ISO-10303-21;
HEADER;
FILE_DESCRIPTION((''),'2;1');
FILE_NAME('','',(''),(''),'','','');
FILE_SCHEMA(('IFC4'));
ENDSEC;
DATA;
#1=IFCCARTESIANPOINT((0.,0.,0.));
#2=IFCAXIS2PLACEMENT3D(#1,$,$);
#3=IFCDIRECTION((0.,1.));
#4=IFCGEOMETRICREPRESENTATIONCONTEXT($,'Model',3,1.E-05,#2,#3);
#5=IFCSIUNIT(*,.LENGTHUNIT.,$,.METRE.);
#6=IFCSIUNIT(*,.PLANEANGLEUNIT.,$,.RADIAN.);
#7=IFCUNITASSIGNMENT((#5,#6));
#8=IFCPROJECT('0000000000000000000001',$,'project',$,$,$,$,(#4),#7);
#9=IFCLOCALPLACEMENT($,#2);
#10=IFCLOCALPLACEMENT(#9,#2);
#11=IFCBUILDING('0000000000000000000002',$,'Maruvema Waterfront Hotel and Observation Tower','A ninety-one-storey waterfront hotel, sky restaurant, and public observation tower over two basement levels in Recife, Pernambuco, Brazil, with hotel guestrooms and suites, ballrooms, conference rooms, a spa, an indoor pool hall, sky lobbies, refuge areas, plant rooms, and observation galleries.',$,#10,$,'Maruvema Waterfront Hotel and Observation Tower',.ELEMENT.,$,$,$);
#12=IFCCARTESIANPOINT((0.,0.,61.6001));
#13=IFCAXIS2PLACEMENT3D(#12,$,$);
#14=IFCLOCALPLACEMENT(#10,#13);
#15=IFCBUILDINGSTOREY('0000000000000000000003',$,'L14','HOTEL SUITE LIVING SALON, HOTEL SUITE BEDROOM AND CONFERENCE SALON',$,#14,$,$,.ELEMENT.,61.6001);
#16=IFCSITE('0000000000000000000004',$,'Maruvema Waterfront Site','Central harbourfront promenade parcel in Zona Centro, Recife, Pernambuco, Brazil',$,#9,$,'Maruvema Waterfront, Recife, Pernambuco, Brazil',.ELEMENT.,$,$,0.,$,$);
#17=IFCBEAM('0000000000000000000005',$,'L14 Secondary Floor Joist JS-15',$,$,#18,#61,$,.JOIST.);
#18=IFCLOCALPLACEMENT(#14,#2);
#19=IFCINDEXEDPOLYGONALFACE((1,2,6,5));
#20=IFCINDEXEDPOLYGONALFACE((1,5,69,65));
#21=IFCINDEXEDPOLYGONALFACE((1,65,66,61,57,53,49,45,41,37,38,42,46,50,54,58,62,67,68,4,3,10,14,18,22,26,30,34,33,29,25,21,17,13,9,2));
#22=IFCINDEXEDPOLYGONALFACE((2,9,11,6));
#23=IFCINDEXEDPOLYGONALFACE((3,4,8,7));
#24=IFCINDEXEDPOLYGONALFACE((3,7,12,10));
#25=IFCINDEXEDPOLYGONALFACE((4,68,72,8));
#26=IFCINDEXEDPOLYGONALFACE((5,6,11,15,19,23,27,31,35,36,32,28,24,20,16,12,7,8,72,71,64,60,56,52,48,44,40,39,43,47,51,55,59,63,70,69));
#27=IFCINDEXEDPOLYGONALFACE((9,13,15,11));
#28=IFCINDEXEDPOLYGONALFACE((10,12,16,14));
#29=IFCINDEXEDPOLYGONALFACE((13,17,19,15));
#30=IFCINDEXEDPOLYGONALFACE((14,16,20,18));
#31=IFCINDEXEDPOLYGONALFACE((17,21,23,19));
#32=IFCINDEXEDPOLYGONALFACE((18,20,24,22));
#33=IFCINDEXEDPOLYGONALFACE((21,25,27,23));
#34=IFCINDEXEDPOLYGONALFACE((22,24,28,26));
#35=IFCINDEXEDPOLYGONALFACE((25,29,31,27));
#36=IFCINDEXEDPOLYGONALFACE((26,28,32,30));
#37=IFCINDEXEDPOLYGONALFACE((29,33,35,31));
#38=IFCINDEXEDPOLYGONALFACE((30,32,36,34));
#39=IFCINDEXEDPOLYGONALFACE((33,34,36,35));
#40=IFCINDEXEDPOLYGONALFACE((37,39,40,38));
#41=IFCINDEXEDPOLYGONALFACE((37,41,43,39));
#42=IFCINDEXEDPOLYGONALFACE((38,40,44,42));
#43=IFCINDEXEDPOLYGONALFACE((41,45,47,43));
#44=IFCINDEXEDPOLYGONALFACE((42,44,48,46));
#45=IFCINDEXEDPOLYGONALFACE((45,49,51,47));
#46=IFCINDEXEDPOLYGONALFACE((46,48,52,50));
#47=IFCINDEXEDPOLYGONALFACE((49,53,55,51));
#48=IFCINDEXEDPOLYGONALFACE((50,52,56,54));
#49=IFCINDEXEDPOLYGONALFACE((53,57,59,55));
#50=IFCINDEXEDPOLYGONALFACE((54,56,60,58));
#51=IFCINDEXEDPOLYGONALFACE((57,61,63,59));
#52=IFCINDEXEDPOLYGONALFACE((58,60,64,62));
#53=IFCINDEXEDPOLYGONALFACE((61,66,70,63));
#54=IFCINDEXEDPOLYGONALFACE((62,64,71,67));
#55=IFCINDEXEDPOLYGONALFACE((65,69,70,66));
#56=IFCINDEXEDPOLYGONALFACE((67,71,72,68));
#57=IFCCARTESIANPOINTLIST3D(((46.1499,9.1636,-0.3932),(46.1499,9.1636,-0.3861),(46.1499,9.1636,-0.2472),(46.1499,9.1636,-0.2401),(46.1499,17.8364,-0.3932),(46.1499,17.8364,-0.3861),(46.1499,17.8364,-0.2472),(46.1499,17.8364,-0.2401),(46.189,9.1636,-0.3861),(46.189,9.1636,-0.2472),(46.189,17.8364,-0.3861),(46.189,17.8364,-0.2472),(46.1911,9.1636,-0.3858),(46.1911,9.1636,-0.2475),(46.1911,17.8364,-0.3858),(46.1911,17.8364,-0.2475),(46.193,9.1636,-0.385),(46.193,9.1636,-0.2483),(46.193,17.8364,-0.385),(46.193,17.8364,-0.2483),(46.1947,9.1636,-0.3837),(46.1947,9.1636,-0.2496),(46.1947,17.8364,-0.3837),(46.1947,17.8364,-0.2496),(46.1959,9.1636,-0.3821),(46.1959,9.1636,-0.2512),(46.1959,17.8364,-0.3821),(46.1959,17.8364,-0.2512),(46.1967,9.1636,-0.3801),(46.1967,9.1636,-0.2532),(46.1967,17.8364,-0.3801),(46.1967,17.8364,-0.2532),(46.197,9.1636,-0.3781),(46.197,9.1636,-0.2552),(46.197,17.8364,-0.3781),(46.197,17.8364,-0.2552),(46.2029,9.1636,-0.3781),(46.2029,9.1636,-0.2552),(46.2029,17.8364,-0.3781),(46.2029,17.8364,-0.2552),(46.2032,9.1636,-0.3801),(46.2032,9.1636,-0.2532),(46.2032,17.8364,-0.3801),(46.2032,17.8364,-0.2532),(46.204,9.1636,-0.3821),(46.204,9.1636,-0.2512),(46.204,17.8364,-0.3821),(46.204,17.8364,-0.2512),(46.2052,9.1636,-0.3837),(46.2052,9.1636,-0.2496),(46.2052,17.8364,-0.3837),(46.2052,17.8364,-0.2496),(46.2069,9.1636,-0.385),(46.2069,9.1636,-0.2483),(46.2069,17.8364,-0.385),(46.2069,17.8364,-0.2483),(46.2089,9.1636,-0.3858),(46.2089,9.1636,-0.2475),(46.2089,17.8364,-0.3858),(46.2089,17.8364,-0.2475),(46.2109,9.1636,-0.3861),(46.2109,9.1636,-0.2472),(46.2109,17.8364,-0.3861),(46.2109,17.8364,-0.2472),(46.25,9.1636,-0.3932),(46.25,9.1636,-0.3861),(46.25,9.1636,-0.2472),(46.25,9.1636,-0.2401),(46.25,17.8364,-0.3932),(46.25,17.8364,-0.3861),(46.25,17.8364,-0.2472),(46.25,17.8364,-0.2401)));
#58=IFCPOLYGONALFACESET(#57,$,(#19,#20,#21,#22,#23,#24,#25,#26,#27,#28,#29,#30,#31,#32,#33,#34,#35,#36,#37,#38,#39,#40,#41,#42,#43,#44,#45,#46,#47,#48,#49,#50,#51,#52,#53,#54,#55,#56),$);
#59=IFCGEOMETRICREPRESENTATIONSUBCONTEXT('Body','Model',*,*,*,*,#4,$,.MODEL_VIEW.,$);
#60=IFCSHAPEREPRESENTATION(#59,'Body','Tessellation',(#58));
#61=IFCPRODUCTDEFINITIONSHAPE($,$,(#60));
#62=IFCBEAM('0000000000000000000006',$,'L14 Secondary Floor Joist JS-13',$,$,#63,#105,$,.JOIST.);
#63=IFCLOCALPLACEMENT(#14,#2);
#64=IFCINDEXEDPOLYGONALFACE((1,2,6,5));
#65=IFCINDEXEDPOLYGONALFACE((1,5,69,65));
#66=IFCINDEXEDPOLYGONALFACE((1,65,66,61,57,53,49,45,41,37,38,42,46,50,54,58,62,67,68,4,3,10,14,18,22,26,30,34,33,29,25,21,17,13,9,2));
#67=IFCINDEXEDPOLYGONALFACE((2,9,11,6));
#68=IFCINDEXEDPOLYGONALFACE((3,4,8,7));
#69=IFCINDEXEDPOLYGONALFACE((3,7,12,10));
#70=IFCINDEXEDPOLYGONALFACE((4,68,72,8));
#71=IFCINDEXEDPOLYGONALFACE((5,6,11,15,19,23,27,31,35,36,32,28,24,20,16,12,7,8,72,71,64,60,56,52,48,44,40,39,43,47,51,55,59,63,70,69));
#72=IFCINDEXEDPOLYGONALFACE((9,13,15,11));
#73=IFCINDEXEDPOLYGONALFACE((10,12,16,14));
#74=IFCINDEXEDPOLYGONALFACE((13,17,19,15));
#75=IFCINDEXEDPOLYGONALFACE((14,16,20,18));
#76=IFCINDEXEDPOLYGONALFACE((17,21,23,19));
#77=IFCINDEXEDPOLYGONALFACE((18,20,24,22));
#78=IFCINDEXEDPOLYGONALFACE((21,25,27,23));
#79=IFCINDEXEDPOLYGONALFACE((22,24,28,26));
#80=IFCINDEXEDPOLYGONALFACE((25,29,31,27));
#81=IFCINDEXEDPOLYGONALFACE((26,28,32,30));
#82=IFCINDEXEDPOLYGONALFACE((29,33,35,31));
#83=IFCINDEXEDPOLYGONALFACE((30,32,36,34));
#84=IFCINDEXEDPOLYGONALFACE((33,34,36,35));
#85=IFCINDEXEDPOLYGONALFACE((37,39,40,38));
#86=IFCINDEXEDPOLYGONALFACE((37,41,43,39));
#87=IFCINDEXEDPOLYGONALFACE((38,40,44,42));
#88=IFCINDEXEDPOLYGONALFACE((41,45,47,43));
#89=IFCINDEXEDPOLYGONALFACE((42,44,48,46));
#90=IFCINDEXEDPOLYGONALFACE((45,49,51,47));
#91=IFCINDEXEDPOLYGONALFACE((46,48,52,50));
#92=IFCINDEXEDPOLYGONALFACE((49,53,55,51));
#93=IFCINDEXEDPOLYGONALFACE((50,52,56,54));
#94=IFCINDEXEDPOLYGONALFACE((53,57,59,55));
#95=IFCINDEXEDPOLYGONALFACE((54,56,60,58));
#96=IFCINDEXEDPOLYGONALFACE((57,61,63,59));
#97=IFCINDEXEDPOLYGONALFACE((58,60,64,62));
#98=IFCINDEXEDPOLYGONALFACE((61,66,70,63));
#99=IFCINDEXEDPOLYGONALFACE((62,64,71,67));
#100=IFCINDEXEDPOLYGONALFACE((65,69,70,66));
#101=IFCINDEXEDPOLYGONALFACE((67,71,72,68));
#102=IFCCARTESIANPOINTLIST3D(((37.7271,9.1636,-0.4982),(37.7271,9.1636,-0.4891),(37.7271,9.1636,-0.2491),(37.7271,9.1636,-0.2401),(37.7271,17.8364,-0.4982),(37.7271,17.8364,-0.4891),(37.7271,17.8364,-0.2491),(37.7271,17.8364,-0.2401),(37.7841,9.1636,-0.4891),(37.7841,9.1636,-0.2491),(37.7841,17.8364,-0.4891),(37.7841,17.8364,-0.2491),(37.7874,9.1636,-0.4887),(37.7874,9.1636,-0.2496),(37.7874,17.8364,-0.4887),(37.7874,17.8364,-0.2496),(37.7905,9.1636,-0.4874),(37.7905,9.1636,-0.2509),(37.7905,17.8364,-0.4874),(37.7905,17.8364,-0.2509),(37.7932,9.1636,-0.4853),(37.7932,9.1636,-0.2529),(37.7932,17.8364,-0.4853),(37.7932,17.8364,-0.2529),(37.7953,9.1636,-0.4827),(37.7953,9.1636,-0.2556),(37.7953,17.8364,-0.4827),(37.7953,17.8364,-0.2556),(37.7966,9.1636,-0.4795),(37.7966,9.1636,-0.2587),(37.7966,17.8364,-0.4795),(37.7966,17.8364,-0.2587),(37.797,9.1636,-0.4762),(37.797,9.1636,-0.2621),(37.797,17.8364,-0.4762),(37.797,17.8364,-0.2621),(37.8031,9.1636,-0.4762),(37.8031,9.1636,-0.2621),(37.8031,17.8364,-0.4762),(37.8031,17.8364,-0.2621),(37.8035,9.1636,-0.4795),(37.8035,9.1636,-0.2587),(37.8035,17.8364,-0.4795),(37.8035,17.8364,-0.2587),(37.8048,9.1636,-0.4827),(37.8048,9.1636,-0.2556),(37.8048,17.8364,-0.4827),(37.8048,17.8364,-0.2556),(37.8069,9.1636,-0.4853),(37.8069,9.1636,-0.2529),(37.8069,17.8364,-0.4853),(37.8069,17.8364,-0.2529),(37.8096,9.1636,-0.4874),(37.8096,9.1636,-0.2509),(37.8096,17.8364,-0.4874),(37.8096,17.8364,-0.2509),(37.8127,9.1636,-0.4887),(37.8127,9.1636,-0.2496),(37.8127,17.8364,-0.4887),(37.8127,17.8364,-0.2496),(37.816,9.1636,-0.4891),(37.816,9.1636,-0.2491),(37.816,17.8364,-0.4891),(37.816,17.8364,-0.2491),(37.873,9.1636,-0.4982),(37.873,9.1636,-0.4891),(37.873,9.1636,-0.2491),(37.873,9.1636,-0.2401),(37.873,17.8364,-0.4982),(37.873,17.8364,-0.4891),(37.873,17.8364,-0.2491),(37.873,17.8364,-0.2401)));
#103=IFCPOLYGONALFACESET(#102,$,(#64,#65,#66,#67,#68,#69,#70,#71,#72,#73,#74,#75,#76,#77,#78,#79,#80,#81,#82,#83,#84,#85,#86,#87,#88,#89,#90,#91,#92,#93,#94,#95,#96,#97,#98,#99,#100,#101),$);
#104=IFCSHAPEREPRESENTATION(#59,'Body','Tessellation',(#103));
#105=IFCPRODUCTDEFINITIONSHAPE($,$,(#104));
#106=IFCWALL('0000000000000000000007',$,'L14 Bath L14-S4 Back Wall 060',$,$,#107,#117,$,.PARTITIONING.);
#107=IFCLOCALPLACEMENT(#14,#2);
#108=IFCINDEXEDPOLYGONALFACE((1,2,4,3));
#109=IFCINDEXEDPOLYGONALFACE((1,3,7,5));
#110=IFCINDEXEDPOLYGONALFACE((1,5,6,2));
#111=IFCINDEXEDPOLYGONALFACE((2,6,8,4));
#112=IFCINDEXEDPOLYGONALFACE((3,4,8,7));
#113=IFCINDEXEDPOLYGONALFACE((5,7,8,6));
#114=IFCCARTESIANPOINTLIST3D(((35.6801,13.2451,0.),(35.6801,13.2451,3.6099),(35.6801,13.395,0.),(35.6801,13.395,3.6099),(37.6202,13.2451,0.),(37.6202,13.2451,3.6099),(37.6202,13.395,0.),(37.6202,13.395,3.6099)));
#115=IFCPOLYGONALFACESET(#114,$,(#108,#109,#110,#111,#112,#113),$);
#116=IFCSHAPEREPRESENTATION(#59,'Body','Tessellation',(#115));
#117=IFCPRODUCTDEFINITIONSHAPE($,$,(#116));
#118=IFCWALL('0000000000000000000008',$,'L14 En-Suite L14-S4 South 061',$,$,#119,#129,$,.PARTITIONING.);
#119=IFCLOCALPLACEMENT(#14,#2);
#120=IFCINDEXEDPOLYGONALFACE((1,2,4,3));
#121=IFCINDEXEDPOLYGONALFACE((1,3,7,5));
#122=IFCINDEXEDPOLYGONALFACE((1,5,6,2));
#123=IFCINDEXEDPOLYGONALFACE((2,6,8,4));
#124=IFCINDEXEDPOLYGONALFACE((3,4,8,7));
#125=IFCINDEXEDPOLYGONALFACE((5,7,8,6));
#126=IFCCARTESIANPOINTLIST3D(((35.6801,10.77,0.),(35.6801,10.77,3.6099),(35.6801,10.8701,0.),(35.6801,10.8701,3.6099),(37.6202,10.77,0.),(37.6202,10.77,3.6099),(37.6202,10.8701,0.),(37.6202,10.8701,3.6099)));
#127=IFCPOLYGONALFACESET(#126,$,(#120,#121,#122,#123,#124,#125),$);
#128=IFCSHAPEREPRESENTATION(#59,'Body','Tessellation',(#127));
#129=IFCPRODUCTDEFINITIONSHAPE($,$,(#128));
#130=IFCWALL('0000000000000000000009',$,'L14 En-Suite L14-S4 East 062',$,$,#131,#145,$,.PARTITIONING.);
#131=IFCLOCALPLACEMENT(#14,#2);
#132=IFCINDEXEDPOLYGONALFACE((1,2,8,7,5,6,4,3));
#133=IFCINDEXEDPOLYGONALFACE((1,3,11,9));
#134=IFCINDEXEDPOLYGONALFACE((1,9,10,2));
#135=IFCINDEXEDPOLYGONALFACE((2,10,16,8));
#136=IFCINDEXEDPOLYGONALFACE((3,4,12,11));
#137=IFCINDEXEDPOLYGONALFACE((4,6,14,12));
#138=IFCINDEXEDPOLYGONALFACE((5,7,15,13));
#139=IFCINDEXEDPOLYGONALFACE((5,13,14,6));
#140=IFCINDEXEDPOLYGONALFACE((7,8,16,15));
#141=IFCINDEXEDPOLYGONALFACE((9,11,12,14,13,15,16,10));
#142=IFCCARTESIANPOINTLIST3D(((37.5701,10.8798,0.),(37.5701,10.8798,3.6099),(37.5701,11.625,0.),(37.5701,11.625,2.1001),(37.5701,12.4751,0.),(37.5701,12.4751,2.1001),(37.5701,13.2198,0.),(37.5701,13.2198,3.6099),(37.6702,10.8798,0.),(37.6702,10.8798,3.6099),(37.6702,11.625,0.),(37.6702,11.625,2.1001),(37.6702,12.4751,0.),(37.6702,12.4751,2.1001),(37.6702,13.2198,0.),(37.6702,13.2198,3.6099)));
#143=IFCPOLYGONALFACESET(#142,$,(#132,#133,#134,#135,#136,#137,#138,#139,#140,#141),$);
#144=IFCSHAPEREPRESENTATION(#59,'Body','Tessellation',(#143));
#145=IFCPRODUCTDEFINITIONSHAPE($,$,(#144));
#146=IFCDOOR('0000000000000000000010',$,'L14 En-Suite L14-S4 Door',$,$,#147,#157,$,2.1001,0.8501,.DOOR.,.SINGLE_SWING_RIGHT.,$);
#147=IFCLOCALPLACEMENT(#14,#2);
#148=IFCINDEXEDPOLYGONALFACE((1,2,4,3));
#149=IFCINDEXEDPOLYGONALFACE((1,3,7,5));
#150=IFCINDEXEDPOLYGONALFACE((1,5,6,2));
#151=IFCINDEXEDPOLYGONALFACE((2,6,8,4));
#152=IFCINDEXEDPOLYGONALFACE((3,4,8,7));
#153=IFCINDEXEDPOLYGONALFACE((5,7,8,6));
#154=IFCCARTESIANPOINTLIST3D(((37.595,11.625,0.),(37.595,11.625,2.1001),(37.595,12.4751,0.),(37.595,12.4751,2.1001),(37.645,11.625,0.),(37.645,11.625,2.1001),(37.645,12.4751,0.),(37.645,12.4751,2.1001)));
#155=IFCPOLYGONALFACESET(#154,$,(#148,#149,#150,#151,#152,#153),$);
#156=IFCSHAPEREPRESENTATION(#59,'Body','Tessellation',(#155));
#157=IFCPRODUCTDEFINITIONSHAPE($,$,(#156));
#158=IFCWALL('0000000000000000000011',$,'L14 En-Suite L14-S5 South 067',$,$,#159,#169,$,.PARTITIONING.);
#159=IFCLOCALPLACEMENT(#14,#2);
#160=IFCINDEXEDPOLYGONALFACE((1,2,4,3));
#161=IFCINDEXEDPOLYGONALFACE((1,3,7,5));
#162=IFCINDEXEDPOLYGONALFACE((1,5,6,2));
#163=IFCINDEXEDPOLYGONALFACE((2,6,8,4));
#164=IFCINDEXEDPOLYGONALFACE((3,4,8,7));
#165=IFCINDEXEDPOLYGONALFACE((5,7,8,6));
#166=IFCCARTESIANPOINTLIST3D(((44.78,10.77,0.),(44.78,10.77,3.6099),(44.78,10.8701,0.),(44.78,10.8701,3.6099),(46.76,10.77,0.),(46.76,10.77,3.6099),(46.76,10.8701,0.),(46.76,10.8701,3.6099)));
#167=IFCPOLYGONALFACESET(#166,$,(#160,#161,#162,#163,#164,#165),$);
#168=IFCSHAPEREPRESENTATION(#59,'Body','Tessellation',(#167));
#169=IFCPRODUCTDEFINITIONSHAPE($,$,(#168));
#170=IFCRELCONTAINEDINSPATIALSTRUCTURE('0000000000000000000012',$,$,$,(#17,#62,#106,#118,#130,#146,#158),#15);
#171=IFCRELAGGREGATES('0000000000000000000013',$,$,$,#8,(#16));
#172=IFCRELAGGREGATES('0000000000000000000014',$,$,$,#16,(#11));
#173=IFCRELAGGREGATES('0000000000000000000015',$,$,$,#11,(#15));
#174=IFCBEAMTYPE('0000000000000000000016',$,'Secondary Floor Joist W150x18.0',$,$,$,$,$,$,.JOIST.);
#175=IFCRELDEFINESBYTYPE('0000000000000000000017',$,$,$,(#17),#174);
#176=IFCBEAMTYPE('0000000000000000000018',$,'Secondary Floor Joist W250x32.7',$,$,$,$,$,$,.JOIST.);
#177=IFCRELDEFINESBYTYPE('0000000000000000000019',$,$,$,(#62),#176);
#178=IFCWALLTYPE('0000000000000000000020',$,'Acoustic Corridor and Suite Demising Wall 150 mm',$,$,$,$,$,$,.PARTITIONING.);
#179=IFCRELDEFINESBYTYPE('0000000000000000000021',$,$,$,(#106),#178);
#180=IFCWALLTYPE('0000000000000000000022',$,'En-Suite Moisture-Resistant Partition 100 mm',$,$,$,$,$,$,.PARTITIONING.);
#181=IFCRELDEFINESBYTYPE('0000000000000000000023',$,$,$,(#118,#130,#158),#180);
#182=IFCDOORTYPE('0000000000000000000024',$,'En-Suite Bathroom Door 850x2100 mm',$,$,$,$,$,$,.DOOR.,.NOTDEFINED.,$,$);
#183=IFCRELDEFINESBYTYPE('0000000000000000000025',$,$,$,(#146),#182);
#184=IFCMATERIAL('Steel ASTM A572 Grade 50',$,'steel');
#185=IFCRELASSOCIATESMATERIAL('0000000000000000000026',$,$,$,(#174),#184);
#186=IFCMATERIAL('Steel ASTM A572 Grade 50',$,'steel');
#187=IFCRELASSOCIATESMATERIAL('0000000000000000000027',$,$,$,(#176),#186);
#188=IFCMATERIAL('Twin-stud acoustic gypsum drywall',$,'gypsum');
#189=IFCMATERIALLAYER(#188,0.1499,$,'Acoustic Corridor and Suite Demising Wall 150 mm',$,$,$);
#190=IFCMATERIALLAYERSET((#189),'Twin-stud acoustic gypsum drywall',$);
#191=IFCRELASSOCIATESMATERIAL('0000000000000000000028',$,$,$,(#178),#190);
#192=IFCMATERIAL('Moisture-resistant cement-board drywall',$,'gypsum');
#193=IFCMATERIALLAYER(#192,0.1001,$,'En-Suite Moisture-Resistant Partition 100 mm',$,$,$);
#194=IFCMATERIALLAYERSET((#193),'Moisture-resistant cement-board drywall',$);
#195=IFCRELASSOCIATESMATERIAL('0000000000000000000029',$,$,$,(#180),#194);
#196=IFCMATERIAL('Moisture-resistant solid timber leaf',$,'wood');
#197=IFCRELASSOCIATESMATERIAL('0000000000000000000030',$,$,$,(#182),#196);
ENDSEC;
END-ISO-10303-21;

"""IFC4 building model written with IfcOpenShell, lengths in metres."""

from ifc_helpers import new_model, si_unit, direction, frame, frame_2d, origin, origin_2d, place, context, subcontext, project, spatial, rectangle, i_section, extrude, material, layer, layer_set, material_profile, profile_set, type_object, element, fill, save


model = new_model("IFC4")

# Units and contexts
model_context = context("Model", 3, precision=1e-05, world=origin(), true_north=direction((0.0, 1.0)))
body_context = subcontext(model_context, "Body", "Model", "MODEL_VIEW")
ifc_project = project(units=[si_unit("LENGTHUNIT", "METRE"), si_unit("PLANEANGLEUNIT", "RADIAN")], contexts=[model_context])

# Site, building, storey
site_placement = place(None, origin())
site = spatial("IfcSite", under=ifc_project, at=site_placement, Name="Maruvema Waterfront Site", Description="Central harbourfront promenade parcel in Zona Centro, Recife, Pernambuco, Brazil", LongName="Maruvema Waterfront, Recife, Pernambuco, Brazil", CompositionType="ELEMENT", RefElevation=0.0)
building_placement = place(site_placement, origin())
building = spatial("IfcBuilding", under=site, at=building_placement, Name="Maruvema Waterfront Hotel and Observation Tower", Description="A ninety-one-storey waterfront hotel, sky restaurant, and public observation tower over two basement levels in Recife, Pernambuco, Brazil, with hotel guestrooms and suites, ballrooms, conference rooms, a spa, an indoor pool hall, sky lobbies, refuge areas, plant rooms, and observation galleries.", LongName="Maruvema Waterfront Hotel and Observation Tower", CompositionType="ELEMENT")
storey_placement = place(building_placement, frame((0.0, 0.0, 61.6001)))
storey = spatial("IfcBuildingStorey", under=building, at=storey_placement, Name="L14", Description="HOTEL SUITE LIVING SALON, HOTEL SUITE BEDROOM AND CONFERENCE SALON", CompositionType="ELEMENT", Elevation=61.6001)

# Beams
ifc_material_1 = material(Name="Steel ASTM A572 Grade 50", Category="steel")
ifc_material_profile_1 = material_profile(ifc_material_1, i_section(OverallWidth=0.1001, OverallDepth=0.1531, WebThickness=0.0059, FlangeThickness=0.0071, FilletRadius=0.0081, at=origin_2d()), Name="W150x18.0")
ifc_profile_set_1 = profile_set([ifc_material_profile_1], Name="Steel ASTM A572 Grade 50")
beam_type_1 = type_object("IfcBeamType", Name="Secondary Floor Joist W150x18.0", PredefinedType="JOIST", material=ifc_profile_set_1)
beam_1_placement = place(storey_placement, frame((46.2, 9.1636, -0.3167), z_axis=(0.0, 1.0, 0.0), x_axis=(-1.0, 0.0, 0.0)))
element("IfcBeam", 1, at=beam_1_placement, inside=storey, type_object=beam_type_1, Name="L14 Secondary Floor Joist JS-15", PredefinedType="JOIST", context=body_context, shape_type="SweptSolid", body=[
    extrude(i_section(OverallWidth=0.1001, OverallDepth=0.1531, WebThickness=0.0059, FlangeThickness=0.0071, FilletRadius=0.0081, at=origin_2d()), origin(), (0.0, 0.0, 1.0), 8.6729),
])
ifc_material_2 = material(Name="Steel ASTM A572 Grade 50", Category="steel")
ifc_material_profile_2 = material_profile(ifc_material_2, i_section(OverallWidth=0.146, OverallDepth=0.2581, WebThickness=0.0061, FlangeThickness=0.009, FilletRadius=0.0129, at=origin_2d()), Name="W250x32.7")
ifc_profile_set_2 = profile_set([ifc_material_profile_2], Name="Steel ASTM A572 Grade 50")
beam_type_2 = type_object("IfcBeamType", Name="Secondary Floor Joist W250x32.7", PredefinedType="JOIST", material=ifc_profile_set_2)
beam_2_placement = place(storey_placement, frame((37.8, 9.1636, -0.3691), z_axis=(0.0, 1.0, 0.0), x_axis=(-1.0, 0.0, 0.0)))
element("IfcBeam", 2, at=beam_2_placement, inside=storey, type_object=beam_type_2, Name="L14 Secondary Floor Joist JS-13", PredefinedType="JOIST", context=body_context, shape_type="SweptSolid", body=[
    extrude(i_section(OverallWidth=0.146, OverallDepth=0.2581, WebThickness=0.0061, FlangeThickness=0.009, FilletRadius=0.0129, at=origin_2d()), origin(), (0.0, 0.0, 1.0), 8.6729),
])

# Wall
ifc_material_3 = material(Name="Twin-stud acoustic gypsum drywall", Category="gypsum")
ifc_layer_1 = layer(ifc_material_3, 0.1499, Name="Acoustic Corridor and Suite Demising Wall 150 mm")
ifc_layer_set_1 = layer_set([ifc_layer_1], Name="Twin-stud acoustic gypsum drywall")
wall_type_1 = type_object("IfcWallType", Name="Acoustic Corridor and Suite Demising Wall 150 mm", PredefinedType="PARTITIONING", material=ifc_layer_set_1)
wall_1_placement = place(storey_placement, frame((35.6799, 13.3201, 0.0), z_axis=(0.0, 0.0, 1.0), x_axis=(1.0, 0.0, 0.0)))
element("IfcWall", 3, at=wall_1_placement, inside=storey, type_object=wall_type_1, Name="L14 Bath L14-S4 Back Wall 060", PredefinedType="PARTITIONING", context=body_context, shape_type="SweptSolid", body=[
    extrude(rectangle(XDim=1.9402, YDim=0.1499, at=frame_2d((0.9702, 0.0))), origin(), (0.0, 0.0, 1.0), 3.6099),
])

# Wall
ifc_material_4 = material(Name="Moisture-resistant cement-board drywall", Category="gypsum")
ifc_layer_2 = layer(ifc_material_4, 0.1001, Name="En-Suite Moisture-Resistant Partition 100 mm")
ifc_layer_set_2 = layer_set([ifc_layer_2], Name="Moisture-resistant cement-board drywall")
wall_type_2 = type_object("IfcWallType", Name="En-Suite Moisture-Resistant Partition 100 mm", PredefinedType="PARTITIONING", material=ifc_layer_set_2)
wall_2_placement = place(storey_placement, frame((35.6799, 10.8201, 0.0), z_axis=(0.0, 0.0, 1.0), x_axis=(1.0, 0.0, 0.0)))
element("IfcWall", 4, at=wall_2_placement, inside=storey, type_object=wall_type_2, Name="L14 En-Suite L14-S4 South 061", PredefinedType="PARTITIONING", context=body_context, shape_type="SweptSolid", body=[
    extrude(rectangle(XDim=1.9402, YDim=0.1001, at=frame_2d((0.9702, 0.0))), origin(), (0.0, 0.0, 1.0), 3.6099),
])

# Wall, opening, door
wall_3_placement = place(storey_placement, frame((37.6201, 10.8799, 0.0), z_axis=(0.0, 0.0, 1.0), x_axis=(0.0, 1.0, 0.0)))
wall_3 = element("IfcWall", 5, at=wall_3_placement, inside=storey, type_object=wall_type_2, Name="L14 En-Suite L14-S4 East 062", PredefinedType="PARTITIONING", context=body_context, shape_type="SweptSolid", body=[
    extrude(rectangle(XDim=2.3401, YDim=0.1001, at=frame_2d((1.1699, 0.0))), origin(), (0.0, 0.0, 1.0), 3.6099),
])
opening_1_placement = place(wall_3_placement, frame((0.7451, 0.0, 0.0)))
opening_1 = element("IfcOpeningElement", 6, at=opening_1_placement, cuts=wall_3, PredefinedType="OPENING", context=body_context, shape_type="SweptSolid", body=[
    extrude(rectangle(XDim=0.8501, YDim=2.1001, at=frame_2d((0.425, 1.05))), frame((0.0, 0.0601, 0.0), z_axis=(0.0, -1.0, 0.0), x_axis=(1.0, 0.0, 0.0)), (0.0, 0.0, 1.0), 0.1201),
])
ifc_material_5 = material(Name="Moisture-resistant solid timber leaf", Category="wood")
door_type_1 = type_object("IfcDoorType", Name="En-Suite Bathroom Door 850x2100 mm", OperationType="NOTDEFINED", PredefinedType="DOOR", material=ifc_material_5)
door_1_placement = place(opening_1_placement, frame((0.8501, 0.0, 0.0), z_axis=(0.0, 0.0, 1.0), x_axis=(-1.0, 0.0, 0.0)))
door_1 = element("IfcDoor", 7, at=door_1_placement, inside=storey, type_object=door_type_1, Name="L14 En-Suite L14-S4 Door", OperationType="SINGLE_SWING_RIGHT", OverallHeight=2.1001, OverallWidth=0.8501, PredefinedType="DOOR", context=body_context, shape_type="SweptSolid", body=[
    extrude(rectangle(XDim=0.8501, YDim=2.1001, at=frame_2d((0.425, 1.05))), frame((0.0, 0.0249, 0.0), z_axis=(0.0, -1.0, 0.0), x_axis=(1.0, 0.0, 0.0)), (0.0, 0.0, 1.0), 0.05),
])
fill(opening_1, door_1)

# Wall
wall_4_placement = place(storey_placement, frame((44.78, 10.8201, 0.0), z_axis=(0.0, 0.0, 1.0), x_axis=(1.0, 0.0, 0.0)))
element("IfcWall", 8, at=wall_4_placement, inside=storey, type_object=wall_type_2, Name="L14 En-Suite L14-S5 South 067", PredefinedType="PARTITIONING", context=body_context, shape_type="SweptSolid", body=[
    extrude(rectangle(XDim=1.98, YDim=0.1001, at=frame_2d((0.99, 0.0))), origin(), (0.0, 0.0, 1.0), 3.6099),
])

save(model, "model.ifc")
